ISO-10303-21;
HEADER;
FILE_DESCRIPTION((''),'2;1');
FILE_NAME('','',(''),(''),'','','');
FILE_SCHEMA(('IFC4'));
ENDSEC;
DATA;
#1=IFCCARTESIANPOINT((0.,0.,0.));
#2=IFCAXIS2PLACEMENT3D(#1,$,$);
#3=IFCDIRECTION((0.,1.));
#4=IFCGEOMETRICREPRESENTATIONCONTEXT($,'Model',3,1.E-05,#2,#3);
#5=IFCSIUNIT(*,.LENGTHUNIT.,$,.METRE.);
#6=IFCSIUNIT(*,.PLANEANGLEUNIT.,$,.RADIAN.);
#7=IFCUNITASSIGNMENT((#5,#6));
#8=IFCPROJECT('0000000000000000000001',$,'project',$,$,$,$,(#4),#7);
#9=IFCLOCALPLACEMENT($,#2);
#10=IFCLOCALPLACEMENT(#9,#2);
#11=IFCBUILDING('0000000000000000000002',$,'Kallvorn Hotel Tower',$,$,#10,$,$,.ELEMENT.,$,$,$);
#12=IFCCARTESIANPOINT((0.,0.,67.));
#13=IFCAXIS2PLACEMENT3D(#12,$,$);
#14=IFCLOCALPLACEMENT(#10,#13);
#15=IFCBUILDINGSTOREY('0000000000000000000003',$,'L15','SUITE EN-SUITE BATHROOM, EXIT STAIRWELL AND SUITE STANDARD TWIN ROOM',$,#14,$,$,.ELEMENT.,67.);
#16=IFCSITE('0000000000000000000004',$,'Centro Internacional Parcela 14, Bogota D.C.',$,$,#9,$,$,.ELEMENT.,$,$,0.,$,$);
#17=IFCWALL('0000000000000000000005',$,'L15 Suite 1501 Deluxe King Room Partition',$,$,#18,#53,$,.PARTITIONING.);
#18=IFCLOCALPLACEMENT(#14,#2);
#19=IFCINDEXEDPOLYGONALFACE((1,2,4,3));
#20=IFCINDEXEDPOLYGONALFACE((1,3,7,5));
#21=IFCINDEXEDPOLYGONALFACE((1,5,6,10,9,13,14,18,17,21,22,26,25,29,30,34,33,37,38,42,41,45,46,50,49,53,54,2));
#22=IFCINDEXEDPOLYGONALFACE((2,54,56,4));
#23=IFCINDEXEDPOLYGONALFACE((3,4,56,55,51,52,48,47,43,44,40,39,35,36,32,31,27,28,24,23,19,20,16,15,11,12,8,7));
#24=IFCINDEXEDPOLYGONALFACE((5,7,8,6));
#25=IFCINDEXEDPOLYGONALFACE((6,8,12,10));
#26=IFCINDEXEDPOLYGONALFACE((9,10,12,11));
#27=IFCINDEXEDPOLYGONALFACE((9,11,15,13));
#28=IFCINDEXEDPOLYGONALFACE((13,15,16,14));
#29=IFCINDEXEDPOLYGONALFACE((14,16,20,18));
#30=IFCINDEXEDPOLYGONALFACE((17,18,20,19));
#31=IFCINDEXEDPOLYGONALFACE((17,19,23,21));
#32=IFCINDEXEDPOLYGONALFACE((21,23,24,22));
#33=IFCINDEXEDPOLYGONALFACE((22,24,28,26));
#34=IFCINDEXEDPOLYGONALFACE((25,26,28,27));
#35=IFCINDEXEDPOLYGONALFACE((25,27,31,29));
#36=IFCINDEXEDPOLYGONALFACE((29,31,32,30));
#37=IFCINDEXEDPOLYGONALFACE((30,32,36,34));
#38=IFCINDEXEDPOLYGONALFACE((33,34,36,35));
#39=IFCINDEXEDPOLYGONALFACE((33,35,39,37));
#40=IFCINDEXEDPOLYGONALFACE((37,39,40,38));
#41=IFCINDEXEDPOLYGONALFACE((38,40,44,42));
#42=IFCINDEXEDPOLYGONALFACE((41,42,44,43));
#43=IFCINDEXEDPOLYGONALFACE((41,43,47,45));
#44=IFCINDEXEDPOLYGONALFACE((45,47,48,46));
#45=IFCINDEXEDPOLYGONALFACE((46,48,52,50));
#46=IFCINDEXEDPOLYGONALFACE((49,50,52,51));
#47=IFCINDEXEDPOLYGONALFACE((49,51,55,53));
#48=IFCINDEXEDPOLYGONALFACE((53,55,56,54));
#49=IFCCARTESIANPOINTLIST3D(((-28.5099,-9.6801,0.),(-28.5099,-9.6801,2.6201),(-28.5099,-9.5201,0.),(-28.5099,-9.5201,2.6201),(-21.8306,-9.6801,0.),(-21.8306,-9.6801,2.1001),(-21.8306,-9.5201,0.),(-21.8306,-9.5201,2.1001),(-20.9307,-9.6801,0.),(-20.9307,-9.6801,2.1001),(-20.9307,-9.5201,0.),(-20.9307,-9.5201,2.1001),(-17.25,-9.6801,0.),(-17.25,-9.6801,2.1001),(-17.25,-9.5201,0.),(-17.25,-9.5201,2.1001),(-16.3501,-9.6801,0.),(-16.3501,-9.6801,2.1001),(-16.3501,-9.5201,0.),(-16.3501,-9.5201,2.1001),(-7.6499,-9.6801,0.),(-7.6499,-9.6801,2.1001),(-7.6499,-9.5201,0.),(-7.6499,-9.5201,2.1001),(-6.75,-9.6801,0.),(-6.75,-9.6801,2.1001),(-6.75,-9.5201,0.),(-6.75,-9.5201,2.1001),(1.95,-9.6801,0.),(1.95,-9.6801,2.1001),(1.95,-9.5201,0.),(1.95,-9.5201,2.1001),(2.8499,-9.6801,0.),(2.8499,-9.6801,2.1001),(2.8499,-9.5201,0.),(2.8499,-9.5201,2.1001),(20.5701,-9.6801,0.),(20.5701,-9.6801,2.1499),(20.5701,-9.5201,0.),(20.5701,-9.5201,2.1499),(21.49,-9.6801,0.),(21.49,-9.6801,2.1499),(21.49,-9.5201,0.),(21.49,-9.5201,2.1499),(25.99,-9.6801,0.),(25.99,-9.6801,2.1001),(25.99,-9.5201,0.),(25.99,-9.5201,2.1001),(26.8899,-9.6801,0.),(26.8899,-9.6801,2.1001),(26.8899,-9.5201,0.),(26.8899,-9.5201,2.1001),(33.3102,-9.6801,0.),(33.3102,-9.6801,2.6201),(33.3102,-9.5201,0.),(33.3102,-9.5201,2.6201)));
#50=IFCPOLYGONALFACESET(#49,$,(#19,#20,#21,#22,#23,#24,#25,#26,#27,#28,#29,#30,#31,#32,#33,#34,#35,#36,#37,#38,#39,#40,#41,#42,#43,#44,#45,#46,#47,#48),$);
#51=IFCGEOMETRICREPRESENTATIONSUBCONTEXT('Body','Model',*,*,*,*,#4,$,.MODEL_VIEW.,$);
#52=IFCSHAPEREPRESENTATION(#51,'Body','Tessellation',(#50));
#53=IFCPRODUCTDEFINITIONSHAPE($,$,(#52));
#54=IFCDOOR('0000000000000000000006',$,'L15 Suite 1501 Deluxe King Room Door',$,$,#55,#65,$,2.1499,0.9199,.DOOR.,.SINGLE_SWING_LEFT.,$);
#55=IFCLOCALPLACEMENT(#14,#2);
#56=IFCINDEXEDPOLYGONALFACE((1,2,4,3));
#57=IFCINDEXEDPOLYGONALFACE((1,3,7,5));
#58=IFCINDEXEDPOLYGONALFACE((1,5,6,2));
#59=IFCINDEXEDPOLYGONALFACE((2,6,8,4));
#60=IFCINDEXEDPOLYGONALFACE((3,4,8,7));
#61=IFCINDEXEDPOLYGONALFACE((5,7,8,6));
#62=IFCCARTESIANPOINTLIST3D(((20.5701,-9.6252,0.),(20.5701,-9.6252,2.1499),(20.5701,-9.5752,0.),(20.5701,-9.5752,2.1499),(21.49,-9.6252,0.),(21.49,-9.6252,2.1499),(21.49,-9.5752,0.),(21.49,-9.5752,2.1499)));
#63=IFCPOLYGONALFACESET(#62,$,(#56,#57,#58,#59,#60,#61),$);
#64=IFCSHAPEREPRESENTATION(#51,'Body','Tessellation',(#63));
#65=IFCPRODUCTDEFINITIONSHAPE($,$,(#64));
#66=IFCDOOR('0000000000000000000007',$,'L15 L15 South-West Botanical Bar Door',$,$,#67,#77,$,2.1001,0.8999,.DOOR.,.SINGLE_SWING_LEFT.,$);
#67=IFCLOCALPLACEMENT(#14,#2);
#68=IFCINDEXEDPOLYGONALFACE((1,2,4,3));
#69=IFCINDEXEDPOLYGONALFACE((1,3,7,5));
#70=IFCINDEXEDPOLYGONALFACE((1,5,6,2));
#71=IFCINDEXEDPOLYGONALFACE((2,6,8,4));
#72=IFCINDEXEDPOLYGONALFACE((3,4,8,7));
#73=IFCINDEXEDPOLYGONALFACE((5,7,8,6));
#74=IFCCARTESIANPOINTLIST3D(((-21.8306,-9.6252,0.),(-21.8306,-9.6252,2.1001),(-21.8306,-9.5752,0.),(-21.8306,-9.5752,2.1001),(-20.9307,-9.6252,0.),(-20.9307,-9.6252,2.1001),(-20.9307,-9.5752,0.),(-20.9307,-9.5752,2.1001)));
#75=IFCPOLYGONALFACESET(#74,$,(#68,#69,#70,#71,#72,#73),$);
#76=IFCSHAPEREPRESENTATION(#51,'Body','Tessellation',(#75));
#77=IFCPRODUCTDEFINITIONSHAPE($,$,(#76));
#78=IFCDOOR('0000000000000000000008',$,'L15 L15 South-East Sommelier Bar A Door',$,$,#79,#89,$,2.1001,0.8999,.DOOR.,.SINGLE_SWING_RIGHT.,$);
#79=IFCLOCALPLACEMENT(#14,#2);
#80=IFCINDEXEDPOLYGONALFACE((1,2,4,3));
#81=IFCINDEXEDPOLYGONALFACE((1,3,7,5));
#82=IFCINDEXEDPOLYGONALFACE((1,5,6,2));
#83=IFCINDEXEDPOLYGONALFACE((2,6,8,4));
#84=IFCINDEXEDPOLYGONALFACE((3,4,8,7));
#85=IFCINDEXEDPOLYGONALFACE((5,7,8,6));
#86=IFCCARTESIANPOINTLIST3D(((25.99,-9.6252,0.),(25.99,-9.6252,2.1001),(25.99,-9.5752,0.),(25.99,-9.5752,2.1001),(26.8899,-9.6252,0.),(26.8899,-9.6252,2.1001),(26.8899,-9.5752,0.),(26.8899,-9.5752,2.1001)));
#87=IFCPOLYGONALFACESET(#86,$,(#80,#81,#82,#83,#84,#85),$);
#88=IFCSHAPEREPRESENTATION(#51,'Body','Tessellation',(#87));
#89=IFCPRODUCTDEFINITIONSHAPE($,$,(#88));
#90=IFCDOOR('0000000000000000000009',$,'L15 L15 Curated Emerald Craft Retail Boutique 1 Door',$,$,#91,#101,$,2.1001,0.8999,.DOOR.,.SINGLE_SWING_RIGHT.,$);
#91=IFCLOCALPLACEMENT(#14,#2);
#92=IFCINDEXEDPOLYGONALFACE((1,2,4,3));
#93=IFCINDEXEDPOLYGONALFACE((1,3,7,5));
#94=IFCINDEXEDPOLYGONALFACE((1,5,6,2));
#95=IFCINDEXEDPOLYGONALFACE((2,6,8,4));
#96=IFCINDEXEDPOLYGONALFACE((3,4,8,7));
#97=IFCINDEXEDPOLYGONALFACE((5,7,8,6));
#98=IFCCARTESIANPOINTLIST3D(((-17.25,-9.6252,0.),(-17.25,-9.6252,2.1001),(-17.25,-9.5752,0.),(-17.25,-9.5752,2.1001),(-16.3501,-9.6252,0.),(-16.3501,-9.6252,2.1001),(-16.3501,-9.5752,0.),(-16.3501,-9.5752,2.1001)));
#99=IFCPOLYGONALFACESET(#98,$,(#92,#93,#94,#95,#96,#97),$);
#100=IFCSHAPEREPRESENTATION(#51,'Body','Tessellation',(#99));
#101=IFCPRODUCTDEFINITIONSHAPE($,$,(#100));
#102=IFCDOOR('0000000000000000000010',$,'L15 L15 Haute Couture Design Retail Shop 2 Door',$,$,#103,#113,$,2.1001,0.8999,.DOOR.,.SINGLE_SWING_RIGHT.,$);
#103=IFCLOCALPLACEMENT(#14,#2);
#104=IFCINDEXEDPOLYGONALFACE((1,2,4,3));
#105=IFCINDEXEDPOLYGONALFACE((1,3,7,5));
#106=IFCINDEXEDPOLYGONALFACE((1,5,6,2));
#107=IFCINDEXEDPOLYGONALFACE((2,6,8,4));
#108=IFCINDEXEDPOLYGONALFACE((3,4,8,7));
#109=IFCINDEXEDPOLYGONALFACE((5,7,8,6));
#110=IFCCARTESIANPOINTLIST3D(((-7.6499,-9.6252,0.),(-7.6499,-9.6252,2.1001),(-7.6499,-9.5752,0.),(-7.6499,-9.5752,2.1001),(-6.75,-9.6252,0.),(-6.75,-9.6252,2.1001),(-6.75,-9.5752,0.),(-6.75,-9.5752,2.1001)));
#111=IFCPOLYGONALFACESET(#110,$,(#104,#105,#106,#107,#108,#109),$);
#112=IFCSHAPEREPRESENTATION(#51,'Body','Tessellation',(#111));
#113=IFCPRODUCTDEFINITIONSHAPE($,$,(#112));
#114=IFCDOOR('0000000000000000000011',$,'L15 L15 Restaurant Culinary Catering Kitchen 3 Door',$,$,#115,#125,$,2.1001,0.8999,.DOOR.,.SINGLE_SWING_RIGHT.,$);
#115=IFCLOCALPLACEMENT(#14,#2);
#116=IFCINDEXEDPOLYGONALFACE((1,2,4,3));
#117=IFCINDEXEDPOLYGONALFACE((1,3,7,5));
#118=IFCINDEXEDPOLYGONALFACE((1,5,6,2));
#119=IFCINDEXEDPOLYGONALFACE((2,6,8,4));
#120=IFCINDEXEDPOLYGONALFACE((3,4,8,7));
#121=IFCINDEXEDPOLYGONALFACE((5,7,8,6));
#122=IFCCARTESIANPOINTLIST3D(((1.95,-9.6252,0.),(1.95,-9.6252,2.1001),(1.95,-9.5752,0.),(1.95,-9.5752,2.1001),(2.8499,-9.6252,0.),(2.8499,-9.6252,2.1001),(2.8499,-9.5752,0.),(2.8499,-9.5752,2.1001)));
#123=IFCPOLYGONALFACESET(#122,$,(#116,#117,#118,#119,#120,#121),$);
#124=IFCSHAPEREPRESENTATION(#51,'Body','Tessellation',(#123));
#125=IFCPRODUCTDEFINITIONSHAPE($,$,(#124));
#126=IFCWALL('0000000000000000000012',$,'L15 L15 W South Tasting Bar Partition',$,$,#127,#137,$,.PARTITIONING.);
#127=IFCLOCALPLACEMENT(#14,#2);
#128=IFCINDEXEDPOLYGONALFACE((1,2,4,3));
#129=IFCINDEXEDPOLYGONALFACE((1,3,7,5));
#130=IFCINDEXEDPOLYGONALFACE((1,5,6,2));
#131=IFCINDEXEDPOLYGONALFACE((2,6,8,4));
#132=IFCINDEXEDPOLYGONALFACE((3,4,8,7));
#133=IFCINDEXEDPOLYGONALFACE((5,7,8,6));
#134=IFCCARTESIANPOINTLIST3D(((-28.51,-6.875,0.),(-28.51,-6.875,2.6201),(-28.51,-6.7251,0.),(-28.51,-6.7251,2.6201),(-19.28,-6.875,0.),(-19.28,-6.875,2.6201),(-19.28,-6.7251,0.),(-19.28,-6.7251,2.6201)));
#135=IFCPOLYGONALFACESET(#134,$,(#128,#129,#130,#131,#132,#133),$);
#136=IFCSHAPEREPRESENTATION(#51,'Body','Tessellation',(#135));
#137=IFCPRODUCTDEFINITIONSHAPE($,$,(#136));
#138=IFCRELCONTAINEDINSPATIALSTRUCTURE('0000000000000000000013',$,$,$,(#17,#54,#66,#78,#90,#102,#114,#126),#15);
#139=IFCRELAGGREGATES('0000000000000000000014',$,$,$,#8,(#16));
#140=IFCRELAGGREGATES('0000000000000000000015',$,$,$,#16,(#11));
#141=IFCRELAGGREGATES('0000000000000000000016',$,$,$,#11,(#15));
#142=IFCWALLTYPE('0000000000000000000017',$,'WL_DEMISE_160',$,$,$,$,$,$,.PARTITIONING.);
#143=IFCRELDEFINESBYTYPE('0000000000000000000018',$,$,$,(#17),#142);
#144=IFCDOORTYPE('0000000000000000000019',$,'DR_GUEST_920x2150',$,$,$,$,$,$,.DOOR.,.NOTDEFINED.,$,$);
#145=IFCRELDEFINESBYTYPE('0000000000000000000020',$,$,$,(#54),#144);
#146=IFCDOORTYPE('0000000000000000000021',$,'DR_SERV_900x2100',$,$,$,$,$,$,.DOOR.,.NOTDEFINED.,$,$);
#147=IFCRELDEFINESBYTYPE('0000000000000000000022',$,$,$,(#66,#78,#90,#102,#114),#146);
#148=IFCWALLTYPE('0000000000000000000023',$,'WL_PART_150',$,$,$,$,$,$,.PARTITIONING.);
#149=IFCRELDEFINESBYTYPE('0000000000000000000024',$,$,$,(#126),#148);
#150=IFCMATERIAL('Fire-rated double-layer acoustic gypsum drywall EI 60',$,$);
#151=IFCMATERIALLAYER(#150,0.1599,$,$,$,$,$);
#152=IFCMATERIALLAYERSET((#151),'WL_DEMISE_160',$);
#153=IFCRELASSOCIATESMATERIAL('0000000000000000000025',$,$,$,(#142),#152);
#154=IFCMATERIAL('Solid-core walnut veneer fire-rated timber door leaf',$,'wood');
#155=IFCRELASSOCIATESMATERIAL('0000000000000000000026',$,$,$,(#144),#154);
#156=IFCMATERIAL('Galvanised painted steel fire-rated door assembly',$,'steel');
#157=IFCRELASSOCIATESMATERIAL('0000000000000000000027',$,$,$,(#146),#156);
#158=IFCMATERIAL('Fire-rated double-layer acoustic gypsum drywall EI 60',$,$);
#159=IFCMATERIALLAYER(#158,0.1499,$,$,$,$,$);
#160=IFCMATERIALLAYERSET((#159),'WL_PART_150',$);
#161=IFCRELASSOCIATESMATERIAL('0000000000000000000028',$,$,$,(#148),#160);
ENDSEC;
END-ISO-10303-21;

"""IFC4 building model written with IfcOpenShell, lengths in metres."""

from ifc_helpers import new_model, si_unit, direction, frame, frame_2d, origin, place, context, subcontext, project, spatial, rectangle, extrude, material, layer, layer_set, type_object, element, fill, save


model = new_model("IFC4")

# Units and contexts
model_context = context("Model", 3, precision=1e-05, world=origin(), true_north=direction((0.0, 1.0)))
body_context = subcontext(model_context, "Body", "Model", "MODEL_VIEW")
ifc_project = project(units=[si_unit("LENGTHUNIT", "METRE"), si_unit("PLANEANGLEUNIT", "RADIAN")], contexts=[model_context])

# Site, building, storey
site_placement = place(None, origin())
site = spatial("IfcSite", under=ifc_project, at=site_placement, Name="Centro Internacional Parcela 14, Bogota D.C.", CompositionType="ELEMENT", RefElevation=0.0)
building_placement = place(site_placement, origin())
building = spatial("IfcBuilding", under=site, at=building_placement, Name="Kallvorn Hotel Tower", CompositionType="ELEMENT")
storey_placement = place(building_placement, frame((0.0, 0.0, 67.0)))
storey = spatial("IfcBuildingStorey", under=building, at=storey_placement, Name="L15", Description="SUITE EN-SUITE BATHROOM, EXIT STAIRWELL AND SUITE STANDARD TWIN ROOM", CompositionType="ELEMENT", Elevation=67.0)

# Wall, openings, doors
ifc_material_1 = material(Name="Fire-rated double-layer acoustic gypsum drywall EI 60")
ifc_layer_1 = layer(ifc_material_1, 0.1599)
ifc_layer_set_1 = layer_set([ifc_layer_1], Name="WL_DEMISE_160")
wall_type_1 = type_object("IfcWallType", Name="WL_DEMISE_160", PredefinedType="PARTITIONING", material=ifc_layer_set_1)
wall_1_placement = place(storey_placement, frame((-28.51, -9.6001, 0.0), z_axis=(0.0, 0.0, 1.0), x_axis=(1.0, 0.0, 0.0)))
wall_1 = element("IfcWall", 1, at=wall_1_placement, inside=storey, type_object=wall_type_1, Name="L15 Suite 1501 Deluxe King Room Partition", PredefinedType="PARTITIONING", context=body_context, shape_type="SweptSolid", body=[
    extrude(rectangle(XDim=61.8201, YDim=0.1599, at=frame_2d((30.9102, 0.0))), origin(), (0.0, 0.0, 1.0), 2.6201),
])
opening_1_placement = place(wall_1_placement, frame((6.6794, 0.0, 0.0)))
opening_1 = element("IfcOpeningElement", 2, at=opening_1_placement, cuts=wall_1, PredefinedType="OPENING", context=body_context, shape_type="SweptSolid", body=[
    extrude(rectangle(XDim=0.8999, YDim=2.1001, at=frame_2d((0.45, 1.05))), frame((0.0, 0.095, 0.0), z_axis=(0.0, -1.0, 0.0), x_axis=(1.0, 0.0, 0.0)), (0.0, 0.0, 1.0), 0.1899),
])
opening_2_placement = place(wall_1_placement, frame((54.5, 0.0, 0.0)))
opening_2 = element("IfcOpeningElement", 3, at=opening_2_placement, cuts=wall_1, PredefinedType="OPENING", context=body_context, shape_type="SweptSolid", body=[
    extrude(rectangle(XDim=0.8999, YDim=2.1001, at=frame_2d((0.45, 1.05))), frame((0.0, 0.095, 0.0), z_axis=(0.0, -1.0, 0.0), x_axis=(1.0, 0.0, 0.0)), (0.0, 0.0, 1.0), 0.1899),
])
opening_3_placement = place(wall_1_placement, frame((11.26, 0.0, 0.0)))
opening_3 = element("IfcOpeningElement", 4, at=opening_3_placement, cuts=wall_1, PredefinedType="OPENING", context=body_context, shape_type="SweptSolid", body=[
    extrude(rectangle(XDim=0.8999, YDim=2.1001, at=frame_2d((0.45, 1.05))), frame((0.0, 0.095, 0.0), z_axis=(0.0, -1.0, 0.0), x_axis=(1.0, 0.0, 0.0)), (0.0, 0.0, 1.0), 0.1899),
])
opening_4_placement = place(wall_1_placement, frame((20.8601, 0.0, 0.0)))
opening_4 = element("IfcOpeningElement", 5, at=opening_4_placement, cuts=wall_1, PredefinedType="OPENING", context=body_context, shape_type="SweptSolid", body=[
    extrude(rectangle(XDim=0.8999, YDim=2.1001, at=frame_2d((0.45, 1.05))), frame((0.0, 0.095, 0.0), z_axis=(0.0, -1.0, 0.0), x_axis=(1.0, 0.0, 0.0)), (0.0, 0.0, 1.0), 0.1899),
])
opening_5_placement = place(wall_1_placement, frame((30.46, 0.0, 0.0)))
opening_5 = element("IfcOpeningElement", 6, at=opening_5_placement, cuts=wall_1, PredefinedType="OPENING", context=body_context, shape_type="SweptSolid", body=[
    extrude(rectangle(XDim=0.8999, YDim=2.1001, at=frame_2d((0.45, 1.05))), frame((0.0, 0.095, 0.0), z_axis=(0.0, -1.0, 0.0), x_axis=(1.0, 0.0, 0.0)), (0.0, 0.0, 1.0), 0.1899),
])
opening_6_placement = place(wall_1_placement, frame((49.0801, 0.0, 0.0)))
opening_6 = element("IfcOpeningElement", 7, at=opening_6_placement, cuts=wall_1, PredefinedType="OPENING", context=body_context, shape_type="SweptSolid", body=[
    extrude(rectangle(XDim=0.9199, YDim=2.1499, at=frame_2d((0.46, 1.075))), frame((0.0, 0.095, 0.0), z_axis=(0.0, -1.0, 0.0), x_axis=(1.0, 0.0, 0.0)), (0.0, 0.0, 1.0), 0.1899),
])
ifc_material_2 = material(Name="Solid-core walnut veneer fire-rated timber door leaf", Category="wood")
door_type_1 = type_object("IfcDoorType", Name="DR_GUEST_920x2150", OperationType="NOTDEFINED", PredefinedType="DOOR", material=ifc_material_2)
door_1_placement = place(opening_6_placement, origin())
door_1 = element("IfcDoor", 8, at=door_1_placement, inside=storey, type_object=door_type_1, Name="L15 Suite 1501 Deluxe King Room Door", OperationType="SINGLE_SWING_LEFT", OverallHeight=2.1499, OverallWidth=0.9199, PredefinedType="DOOR", context=body_context, shape_type="SweptSolid", body=[
    extrude(rectangle(XDim=0.9199, YDim=2.1499, at=frame_2d((0.46, 1.075))), frame((0.0, 0.0249, 0.0), z_axis=(0.0, -1.0, 0.0), x_axis=(1.0, 0.0, 0.0)), (0.0, 0.0, 1.0), 0.05),
])
fill(opening_6, door_1)
ifc_material_3 = material(Name="Galvanised painted steel fire-rated door assembly", Category="steel")
door_type_2 = type_object("IfcDoorType", Name="DR_SERV_900x2100", OperationType="NOTDEFINED", PredefinedType="DOOR", material=ifc_material_3)
door_2_placement = place(opening_1_placement, origin())
door_2 = element("IfcDoor", 9, at=door_2_placement, inside=storey, type_object=door_type_2, Name="L15 L15 South-West Botanical Bar Door", OperationType="SINGLE_SWING_LEFT", OverallHeight=2.1001, OverallWidth=0.8999, PredefinedType="DOOR", context=body_context, shape_type="SweptSolid", body=[
    extrude(rectangle(XDim=0.8999, YDim=2.1001, at=frame_2d((0.45, 1.05))), frame((0.0, 0.0249, 0.0), z_axis=(0.0, -1.0, 0.0), x_axis=(1.0, 0.0, 0.0)), (0.0, 0.0, 1.0), 0.05),
])
fill(opening_1, door_2)
door_3_placement = place(opening_2_placement, origin())
door_3 = element("IfcDoor", 10, at=door_3_placement, inside=storey, type_object=door_type_2, Name="L15 L15 South-East Sommelier Bar A Door", OperationType="SINGLE_SWING_RIGHT", OverallHeight=2.1001, OverallWidth=0.8999, PredefinedType="DOOR", context=body_context, shape_type="SweptSolid", body=[
    extrude(rectangle(XDim=0.8999, YDim=2.1001, at=frame_2d((0.45, 1.05))), frame((0.0, 0.0249, 0.0), z_axis=(0.0, -1.0, 0.0), x_axis=(1.0, 0.0, 0.0)), (0.0, 0.0, 1.0), 0.05),
])
fill(opening_2, door_3)
door_4_placement = place(opening_3_placement, origin())
door_4 = element("IfcDoor", 11, at=door_4_placement, inside=storey, type_object=door_type_2, Name="L15 L15 Curated Emerald Craft Retail Boutique 1 Door", OperationType="SINGLE_SWING_RIGHT", OverallHeight=2.1001, OverallWidth=0.8999, PredefinedType="DOOR", context=body_context, shape_type="SweptSolid", body=[
    extrude(rectangle(XDim=0.8999, YDim=2.1001, at=frame_2d((0.45, 1.05))), frame((0.0, 0.0249, 0.0), z_axis=(0.0, -1.0, 0.0), x_axis=(1.0, 0.0, 0.0)), (0.0, 0.0, 1.0), 0.05),
])
fill(opening_3, door_4)
door_5_placement = place(opening_4_placement, origin())
door_5 = element("IfcDoor", 12, at=door_5_placement, inside=storey, type_object=door_type_2, Name="L15 L15 Haute Couture Design Retail Shop 2 Door", OperationType="SINGLE_SWING_RIGHT", OverallHeight=2.1001, OverallWidth=0.8999, PredefinedType="DOOR", context=body_context, shape_type="SweptSolid", body=[
    extrude(rectangle(XDim=0.8999, YDim=2.1001, at=frame_2d((0.45, 1.05))), frame((0.0, 0.0249, 0.0), z_axis=(0.0, -1.0, 0.0), x_axis=(1.0, 0.0, 0.0)), (0.0, 0.0, 1.0), 0.05),
])
fill(opening_4, door_5)
door_6_placement = place(opening_5_placement, origin())
door_6 = element("IfcDoor", 13, at=door_6_placement, inside=storey, type_object=door_type_2, Name="L15 L15 Restaurant Culinary Catering Kitchen 3 Door", OperationType="SINGLE_SWING_RIGHT", OverallHeight=2.1001, OverallWidth=0.8999, PredefinedType="DOOR", context=body_context, shape_type="SweptSolid", body=[
    extrude(rectangle(XDim=0.8999, YDim=2.1001, at=frame_2d((0.45, 1.05))), frame((0.0, 0.0249, 0.0), z_axis=(0.0, -1.0, 0.0), x_axis=(1.0, 0.0, 0.0)), (0.0, 0.0, 1.0), 0.05),
])
fill(opening_5, door_6)

# Wall
ifc_material_4 = material(Name="Fire-rated double-layer acoustic gypsum drywall EI 60")
ifc_layer_2 = layer(ifc_material_4, 0.1499)
ifc_layer_set_2 = layer_set([ifc_layer_2], Name="WL_PART_150")
wall_type_2 = type_object("IfcWallType", Name="WL_PART_150", PredefinedType="PARTITIONING", material=ifc_layer_set_2)
wall_2_placement = place(storey_placement, frame((-28.51, -6.8, 0.0), z_axis=(0.0, 0.0, 1.0), x_axis=(1.0, 0.0, 0.0)))
element("IfcWall", 14, at=wall_2_placement, inside=storey, type_object=wall_type_2, Name="L15 L15 W South Tasting Bar Partition", PredefinedType="PARTITIONING", context=body_context, shape_type="SweptSolid", body=[
    extrude(rectangle(XDim=9.23, YDim=0.1499, at=frame_2d((4.615, 0.0))), origin(), (0.0, 0.0, 1.0), 2.6201),
])

save(model, "model.ifc")
